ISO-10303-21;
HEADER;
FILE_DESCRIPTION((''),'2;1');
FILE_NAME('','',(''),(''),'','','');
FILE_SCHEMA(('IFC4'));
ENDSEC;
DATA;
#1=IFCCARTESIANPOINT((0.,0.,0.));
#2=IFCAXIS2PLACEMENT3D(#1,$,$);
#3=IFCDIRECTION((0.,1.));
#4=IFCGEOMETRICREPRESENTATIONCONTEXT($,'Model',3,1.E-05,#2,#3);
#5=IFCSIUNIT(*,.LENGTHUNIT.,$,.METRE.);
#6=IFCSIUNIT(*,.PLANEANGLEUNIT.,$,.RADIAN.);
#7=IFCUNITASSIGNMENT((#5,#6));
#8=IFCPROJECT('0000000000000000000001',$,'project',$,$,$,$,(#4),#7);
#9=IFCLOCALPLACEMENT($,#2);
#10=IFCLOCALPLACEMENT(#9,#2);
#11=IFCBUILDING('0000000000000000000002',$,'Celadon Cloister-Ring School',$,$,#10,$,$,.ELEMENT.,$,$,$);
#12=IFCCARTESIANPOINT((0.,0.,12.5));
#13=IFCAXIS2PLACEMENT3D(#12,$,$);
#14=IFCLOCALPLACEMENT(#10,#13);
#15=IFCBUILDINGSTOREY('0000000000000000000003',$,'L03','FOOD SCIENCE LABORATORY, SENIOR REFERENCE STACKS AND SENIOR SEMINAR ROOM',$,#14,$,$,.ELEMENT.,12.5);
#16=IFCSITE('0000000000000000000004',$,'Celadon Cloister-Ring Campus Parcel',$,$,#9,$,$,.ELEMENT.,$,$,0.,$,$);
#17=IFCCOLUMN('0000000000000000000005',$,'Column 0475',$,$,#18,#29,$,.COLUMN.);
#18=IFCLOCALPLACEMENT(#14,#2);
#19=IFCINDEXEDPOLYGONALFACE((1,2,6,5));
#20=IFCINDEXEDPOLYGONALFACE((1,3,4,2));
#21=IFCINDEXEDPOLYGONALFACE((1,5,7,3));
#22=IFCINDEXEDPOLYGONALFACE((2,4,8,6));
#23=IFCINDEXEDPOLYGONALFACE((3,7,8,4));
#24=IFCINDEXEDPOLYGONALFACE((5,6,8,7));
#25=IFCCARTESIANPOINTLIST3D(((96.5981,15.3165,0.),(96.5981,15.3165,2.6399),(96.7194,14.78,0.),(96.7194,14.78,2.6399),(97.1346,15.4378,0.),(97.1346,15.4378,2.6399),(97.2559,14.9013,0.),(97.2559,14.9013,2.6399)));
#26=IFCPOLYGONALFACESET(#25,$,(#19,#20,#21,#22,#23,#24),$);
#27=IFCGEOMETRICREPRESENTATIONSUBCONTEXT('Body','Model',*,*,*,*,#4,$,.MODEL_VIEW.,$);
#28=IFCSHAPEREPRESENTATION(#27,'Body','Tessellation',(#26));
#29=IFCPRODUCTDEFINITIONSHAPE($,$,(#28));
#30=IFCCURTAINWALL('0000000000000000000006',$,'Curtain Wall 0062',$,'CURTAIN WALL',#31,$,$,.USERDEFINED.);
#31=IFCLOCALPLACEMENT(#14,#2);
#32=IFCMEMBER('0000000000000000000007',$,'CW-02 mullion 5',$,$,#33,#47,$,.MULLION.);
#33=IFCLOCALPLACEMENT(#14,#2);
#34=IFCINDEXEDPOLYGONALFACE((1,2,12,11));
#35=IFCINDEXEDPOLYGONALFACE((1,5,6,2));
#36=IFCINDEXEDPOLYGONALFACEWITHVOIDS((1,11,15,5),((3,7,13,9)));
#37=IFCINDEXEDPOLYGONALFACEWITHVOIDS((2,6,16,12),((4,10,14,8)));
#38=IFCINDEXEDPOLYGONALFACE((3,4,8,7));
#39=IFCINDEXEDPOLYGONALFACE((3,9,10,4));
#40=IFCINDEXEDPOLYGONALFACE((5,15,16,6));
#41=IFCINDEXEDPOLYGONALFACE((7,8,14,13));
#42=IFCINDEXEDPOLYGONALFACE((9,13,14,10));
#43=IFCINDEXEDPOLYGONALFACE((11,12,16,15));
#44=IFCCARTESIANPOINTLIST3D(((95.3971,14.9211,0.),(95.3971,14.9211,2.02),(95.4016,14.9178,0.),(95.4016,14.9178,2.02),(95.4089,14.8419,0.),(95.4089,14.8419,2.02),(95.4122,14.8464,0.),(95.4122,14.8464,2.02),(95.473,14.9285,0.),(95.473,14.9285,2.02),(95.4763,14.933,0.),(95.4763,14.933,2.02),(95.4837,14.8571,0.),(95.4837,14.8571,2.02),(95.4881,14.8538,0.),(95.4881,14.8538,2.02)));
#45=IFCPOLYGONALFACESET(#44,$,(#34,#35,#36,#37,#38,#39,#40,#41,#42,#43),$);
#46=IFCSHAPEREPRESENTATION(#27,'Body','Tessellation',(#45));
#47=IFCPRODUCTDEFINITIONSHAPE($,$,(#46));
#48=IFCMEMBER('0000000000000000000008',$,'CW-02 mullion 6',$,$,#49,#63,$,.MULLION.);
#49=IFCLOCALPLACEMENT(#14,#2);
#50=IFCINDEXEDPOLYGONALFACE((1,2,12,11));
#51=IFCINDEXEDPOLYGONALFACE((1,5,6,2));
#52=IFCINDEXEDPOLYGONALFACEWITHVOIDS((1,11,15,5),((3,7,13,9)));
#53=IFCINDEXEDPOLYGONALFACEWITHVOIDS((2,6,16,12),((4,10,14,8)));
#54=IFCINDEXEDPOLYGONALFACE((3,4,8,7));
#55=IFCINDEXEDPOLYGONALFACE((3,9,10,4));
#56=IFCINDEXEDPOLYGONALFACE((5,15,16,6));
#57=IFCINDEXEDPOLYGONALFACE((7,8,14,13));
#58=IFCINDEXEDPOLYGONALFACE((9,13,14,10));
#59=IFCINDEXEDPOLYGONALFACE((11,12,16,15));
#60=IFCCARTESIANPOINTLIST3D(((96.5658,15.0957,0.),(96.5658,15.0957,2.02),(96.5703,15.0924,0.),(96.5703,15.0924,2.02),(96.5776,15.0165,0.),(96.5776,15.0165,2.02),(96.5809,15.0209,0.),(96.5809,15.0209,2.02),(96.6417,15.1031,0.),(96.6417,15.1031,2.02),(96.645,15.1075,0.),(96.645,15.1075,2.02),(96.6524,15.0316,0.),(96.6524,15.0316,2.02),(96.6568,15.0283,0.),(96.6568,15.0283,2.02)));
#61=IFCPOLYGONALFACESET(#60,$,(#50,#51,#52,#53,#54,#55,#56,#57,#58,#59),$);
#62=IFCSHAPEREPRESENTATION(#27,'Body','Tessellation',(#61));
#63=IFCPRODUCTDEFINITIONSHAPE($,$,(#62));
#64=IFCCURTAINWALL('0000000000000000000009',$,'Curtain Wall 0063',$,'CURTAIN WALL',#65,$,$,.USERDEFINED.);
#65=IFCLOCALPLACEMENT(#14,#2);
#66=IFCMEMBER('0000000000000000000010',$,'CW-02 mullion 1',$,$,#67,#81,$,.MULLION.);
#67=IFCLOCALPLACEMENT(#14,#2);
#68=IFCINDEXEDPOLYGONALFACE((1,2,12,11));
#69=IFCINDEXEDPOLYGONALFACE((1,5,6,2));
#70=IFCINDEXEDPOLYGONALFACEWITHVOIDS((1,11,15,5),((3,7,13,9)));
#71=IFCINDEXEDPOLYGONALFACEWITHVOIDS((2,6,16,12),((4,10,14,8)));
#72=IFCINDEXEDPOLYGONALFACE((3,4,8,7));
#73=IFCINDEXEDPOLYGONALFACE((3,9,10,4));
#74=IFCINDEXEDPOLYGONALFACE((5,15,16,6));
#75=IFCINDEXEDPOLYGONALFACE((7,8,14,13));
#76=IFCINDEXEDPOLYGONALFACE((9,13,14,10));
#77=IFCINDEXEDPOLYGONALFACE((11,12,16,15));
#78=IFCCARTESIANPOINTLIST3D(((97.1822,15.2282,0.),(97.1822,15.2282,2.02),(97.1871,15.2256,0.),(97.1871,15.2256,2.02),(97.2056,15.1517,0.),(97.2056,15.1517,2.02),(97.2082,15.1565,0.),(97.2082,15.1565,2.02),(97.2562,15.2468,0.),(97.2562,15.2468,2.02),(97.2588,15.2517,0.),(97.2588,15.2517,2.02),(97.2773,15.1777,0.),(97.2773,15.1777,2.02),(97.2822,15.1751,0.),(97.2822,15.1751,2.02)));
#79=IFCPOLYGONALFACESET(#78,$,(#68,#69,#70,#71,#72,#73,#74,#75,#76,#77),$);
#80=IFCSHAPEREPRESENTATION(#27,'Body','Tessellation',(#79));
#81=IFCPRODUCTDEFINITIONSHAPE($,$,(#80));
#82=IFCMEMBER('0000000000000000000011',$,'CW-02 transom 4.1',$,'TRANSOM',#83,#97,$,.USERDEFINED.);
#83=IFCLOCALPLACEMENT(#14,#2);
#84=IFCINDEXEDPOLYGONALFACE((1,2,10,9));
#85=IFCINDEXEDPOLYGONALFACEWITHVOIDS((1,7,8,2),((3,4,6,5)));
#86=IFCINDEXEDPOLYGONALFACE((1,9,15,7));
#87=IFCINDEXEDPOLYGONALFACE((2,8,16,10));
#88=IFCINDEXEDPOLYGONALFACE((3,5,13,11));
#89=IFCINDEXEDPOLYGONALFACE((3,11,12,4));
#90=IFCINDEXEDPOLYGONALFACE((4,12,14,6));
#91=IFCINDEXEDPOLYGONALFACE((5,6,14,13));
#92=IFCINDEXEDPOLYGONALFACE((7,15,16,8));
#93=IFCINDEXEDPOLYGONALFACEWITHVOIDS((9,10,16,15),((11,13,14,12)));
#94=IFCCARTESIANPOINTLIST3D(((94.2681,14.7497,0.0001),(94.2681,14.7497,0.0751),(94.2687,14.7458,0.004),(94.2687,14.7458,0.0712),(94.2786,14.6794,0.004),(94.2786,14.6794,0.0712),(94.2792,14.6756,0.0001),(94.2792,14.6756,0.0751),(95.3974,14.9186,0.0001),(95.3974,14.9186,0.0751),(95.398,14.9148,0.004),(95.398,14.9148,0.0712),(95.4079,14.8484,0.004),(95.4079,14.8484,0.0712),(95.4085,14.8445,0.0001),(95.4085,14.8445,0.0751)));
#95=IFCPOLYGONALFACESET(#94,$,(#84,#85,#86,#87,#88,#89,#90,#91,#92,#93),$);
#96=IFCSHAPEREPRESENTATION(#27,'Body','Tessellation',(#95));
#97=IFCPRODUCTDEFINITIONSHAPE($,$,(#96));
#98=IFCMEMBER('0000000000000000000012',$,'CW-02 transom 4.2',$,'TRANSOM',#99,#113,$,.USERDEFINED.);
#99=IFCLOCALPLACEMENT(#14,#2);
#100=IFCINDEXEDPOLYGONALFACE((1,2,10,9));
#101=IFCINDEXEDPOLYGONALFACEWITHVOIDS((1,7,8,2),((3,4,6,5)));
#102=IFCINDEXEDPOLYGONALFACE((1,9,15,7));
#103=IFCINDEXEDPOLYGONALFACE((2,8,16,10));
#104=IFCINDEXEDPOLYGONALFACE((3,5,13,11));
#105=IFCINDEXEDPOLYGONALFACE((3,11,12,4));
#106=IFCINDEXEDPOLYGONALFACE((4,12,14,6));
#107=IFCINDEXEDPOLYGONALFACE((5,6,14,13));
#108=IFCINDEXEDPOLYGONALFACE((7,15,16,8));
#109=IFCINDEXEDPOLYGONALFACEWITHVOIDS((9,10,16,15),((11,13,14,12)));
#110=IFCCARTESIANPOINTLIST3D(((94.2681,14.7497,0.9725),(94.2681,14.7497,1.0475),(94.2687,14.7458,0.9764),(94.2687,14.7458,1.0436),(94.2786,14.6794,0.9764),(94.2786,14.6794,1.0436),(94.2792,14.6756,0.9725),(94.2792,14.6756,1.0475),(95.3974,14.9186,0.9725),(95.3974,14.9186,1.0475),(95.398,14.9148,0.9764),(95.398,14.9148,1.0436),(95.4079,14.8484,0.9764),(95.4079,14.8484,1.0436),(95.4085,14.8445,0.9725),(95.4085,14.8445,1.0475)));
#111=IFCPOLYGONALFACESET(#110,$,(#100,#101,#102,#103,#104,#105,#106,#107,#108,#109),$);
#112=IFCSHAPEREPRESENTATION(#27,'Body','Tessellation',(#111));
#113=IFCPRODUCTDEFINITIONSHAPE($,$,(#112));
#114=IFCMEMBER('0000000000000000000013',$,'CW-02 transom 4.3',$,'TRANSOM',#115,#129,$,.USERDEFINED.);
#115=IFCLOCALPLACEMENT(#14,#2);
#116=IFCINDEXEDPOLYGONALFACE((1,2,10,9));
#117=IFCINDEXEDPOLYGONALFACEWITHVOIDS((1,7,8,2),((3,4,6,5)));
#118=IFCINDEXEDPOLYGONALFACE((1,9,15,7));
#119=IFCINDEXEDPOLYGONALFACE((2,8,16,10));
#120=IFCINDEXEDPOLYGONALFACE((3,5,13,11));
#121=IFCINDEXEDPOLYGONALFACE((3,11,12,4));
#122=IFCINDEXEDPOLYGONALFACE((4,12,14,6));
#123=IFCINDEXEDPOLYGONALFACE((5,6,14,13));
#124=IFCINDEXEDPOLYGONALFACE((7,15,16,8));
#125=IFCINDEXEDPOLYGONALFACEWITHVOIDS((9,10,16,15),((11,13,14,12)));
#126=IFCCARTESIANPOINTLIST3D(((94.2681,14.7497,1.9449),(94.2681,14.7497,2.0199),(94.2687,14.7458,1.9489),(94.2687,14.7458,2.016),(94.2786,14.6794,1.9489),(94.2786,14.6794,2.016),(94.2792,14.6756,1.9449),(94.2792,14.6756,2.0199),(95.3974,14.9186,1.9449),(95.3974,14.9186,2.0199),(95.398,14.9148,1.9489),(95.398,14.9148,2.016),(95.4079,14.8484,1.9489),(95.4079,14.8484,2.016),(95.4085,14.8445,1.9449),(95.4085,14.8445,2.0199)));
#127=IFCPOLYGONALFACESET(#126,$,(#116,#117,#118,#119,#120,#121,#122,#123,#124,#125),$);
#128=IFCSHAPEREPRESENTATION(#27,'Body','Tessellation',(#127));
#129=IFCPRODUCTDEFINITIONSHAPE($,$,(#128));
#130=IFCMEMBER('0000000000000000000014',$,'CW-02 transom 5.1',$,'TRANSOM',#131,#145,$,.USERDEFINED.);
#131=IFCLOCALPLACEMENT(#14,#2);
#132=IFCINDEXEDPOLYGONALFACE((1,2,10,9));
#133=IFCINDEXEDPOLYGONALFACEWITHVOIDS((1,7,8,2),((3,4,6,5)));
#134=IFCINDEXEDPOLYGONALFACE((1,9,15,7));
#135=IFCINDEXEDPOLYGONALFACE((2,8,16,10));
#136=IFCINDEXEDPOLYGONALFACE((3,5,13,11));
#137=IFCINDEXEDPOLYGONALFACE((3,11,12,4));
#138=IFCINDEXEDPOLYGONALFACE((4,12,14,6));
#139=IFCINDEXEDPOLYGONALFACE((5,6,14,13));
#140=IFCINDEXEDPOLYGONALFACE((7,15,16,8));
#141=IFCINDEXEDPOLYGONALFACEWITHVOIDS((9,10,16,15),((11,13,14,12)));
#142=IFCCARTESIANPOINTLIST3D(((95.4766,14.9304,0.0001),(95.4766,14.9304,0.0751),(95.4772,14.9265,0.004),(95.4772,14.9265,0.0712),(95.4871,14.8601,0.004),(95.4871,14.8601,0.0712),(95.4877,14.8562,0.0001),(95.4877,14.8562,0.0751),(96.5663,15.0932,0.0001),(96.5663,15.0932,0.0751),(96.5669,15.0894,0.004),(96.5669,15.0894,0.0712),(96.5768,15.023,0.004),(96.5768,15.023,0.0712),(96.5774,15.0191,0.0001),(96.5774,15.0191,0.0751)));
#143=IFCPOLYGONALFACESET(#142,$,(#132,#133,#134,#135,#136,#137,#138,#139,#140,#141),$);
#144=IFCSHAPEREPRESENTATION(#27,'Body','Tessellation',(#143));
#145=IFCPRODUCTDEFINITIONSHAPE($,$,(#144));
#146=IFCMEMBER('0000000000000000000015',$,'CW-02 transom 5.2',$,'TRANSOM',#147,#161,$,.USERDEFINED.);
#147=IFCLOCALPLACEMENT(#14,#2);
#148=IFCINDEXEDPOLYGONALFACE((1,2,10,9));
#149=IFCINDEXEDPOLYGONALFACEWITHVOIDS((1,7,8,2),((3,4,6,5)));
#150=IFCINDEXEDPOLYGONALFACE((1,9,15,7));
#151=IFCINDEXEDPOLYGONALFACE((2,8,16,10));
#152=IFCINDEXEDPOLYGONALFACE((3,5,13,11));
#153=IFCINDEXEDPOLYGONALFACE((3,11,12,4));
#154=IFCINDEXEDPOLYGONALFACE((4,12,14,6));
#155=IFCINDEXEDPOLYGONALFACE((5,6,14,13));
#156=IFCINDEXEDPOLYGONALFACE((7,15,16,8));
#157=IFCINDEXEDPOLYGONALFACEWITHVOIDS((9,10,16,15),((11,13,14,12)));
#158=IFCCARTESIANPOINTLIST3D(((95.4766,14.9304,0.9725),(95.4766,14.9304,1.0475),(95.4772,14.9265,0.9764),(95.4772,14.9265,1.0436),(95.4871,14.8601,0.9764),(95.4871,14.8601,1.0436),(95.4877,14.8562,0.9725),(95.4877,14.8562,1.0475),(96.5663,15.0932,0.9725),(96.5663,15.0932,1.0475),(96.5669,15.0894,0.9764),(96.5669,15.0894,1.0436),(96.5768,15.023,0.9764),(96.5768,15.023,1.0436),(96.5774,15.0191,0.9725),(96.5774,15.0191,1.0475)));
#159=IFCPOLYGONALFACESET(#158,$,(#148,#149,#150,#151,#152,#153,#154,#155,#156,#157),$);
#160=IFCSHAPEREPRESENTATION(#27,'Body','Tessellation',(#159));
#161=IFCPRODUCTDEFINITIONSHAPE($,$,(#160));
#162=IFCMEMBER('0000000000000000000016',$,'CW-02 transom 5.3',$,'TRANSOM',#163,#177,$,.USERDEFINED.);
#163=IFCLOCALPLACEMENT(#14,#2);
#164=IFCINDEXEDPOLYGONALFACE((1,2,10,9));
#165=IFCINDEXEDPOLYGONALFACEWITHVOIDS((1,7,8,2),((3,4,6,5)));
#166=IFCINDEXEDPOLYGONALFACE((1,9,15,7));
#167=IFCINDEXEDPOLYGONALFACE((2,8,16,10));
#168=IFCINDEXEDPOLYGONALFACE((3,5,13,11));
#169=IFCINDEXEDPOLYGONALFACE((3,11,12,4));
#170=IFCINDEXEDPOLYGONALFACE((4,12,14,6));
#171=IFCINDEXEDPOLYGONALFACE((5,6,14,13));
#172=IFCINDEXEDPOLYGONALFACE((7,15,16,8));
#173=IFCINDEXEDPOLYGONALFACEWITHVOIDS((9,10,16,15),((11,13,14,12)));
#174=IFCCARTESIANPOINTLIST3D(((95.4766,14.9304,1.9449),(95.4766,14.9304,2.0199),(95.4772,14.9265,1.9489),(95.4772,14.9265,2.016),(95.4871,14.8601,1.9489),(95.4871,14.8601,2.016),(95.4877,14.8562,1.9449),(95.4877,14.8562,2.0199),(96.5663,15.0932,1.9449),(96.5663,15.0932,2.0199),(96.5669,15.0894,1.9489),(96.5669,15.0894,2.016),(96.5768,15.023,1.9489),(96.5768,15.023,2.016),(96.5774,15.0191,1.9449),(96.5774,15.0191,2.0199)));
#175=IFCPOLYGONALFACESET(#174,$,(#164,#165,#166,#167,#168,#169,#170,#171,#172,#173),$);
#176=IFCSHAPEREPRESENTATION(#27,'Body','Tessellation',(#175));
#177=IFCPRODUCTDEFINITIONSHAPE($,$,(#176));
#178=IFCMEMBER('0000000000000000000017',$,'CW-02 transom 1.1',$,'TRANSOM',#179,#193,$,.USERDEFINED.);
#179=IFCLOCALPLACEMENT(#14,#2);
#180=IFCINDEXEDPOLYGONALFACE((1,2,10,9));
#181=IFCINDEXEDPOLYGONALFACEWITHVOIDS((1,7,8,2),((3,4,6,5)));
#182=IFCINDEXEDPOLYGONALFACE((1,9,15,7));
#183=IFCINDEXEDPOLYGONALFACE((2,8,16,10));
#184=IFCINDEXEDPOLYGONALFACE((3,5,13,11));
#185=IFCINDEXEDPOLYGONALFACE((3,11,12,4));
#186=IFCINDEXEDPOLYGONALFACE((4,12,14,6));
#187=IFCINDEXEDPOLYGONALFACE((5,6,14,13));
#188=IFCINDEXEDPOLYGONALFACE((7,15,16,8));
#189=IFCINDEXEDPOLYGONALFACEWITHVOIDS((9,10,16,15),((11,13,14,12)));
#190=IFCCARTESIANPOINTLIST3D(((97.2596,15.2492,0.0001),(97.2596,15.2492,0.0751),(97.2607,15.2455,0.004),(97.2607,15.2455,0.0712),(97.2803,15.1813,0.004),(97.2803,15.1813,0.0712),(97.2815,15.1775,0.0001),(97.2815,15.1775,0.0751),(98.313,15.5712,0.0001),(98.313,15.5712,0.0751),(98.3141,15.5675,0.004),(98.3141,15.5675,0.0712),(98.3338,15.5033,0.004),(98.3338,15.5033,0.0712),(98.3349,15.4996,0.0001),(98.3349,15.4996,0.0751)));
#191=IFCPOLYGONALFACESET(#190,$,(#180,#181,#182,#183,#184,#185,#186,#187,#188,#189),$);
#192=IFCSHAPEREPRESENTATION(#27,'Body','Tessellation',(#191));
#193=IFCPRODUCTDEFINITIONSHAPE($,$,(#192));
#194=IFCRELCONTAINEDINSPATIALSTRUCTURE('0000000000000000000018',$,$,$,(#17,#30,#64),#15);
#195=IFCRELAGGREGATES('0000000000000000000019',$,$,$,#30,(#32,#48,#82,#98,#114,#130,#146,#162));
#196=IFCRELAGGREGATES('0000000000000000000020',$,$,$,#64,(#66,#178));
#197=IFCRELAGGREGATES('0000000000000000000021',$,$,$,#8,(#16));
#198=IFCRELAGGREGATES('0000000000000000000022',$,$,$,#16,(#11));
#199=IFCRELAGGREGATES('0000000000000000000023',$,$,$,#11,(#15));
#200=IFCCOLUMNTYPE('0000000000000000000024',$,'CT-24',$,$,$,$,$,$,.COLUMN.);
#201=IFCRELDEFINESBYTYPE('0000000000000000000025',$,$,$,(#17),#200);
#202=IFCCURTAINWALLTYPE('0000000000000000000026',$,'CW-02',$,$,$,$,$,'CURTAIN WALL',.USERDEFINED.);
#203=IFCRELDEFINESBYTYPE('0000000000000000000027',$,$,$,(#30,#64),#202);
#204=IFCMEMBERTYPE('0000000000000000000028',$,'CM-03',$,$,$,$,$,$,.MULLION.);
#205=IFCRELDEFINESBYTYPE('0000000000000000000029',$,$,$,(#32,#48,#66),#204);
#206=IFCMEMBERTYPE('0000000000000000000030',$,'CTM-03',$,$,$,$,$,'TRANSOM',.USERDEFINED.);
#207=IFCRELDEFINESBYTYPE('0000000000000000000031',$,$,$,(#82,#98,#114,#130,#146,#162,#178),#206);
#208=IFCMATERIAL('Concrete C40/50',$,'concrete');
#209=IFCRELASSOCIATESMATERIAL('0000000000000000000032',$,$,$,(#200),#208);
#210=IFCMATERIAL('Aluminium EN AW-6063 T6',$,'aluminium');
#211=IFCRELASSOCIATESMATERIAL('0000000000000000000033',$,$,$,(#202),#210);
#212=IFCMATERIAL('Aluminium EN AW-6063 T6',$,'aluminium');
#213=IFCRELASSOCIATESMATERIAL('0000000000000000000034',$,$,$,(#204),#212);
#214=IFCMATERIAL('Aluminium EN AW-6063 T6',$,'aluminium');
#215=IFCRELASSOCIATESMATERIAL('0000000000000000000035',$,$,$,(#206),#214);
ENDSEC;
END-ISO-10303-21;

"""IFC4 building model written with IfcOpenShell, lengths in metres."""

from ifc_helpers import new_model, si_unit, direction, frame, origin, origin_2d, place, context, subcontext, project, spatial, rectangle, hollow_rectangle, extrude, material, material_profile, profile_set, type_object, element, aggregate, save


model = new_model("IFC4")

# Units and contexts
model_context = context("Model", 3, precision=1e-05, world=origin(), true_north=direction((0.0, 1.0)))
body_context = subcontext(model_context, "Body", "Model", "MODEL_VIEW")
ifc_project = project(units=[si_unit("LENGTHUNIT", "METRE"), si_unit("PLANEANGLEUNIT", "RADIAN")], contexts=[model_context])

# Site, building, storey
site_placement = place(None, origin())
site = spatial("IfcSite", under=ifc_project, at=site_placement, Name="Celadon Cloister-Ring Campus Parcel", CompositionType="ELEMENT", RefElevation=0.0)
building_placement = place(site_placement, origin())
building = spatial("IfcBuilding", under=site, at=building_placement, Name="Celadon Cloister-Ring School", CompositionType="ELEMENT")
storey_placement = place(building_placement, frame((0.0, 0.0, 12.5)))
storey = spatial("IfcBuildingStorey", under=building, at=storey_placement, Name="L03", Description="FOOD SCIENCE LABORATORY, SENIOR REFERENCE STACKS AND SENIOR SEMINAR ROOM", CompositionType="ELEMENT", Elevation=12.5)

# Column
ifc_material_1 = material(Name="Concrete C40/50", Category="concrete")
ifc_material_profile_1 = material_profile(ifc_material_1, rectangle(XDim=0.55, YDim=0.55, at=origin_2d()), Name="RC550X550")
ifc_profile_set_1 = profile_set([ifc_material_profile_1], Name="Concrete C40/50")
column_type = type_object("IfcColumnType", Name="CT-24", PredefinedType="COLUMN", material=ifc_profile_set_1)
column_placement = place(storey_placement, frame((96.927, 15.1089, 0.0), z_axis=(0.0, 0.0, 1.0), x_axis=(0.220595, -0.975365, 0.0)))
element("IfcColumn", 1, at=column_placement, inside=storey, type_object=column_type, Name="Column 0475", PredefinedType="COLUMN", context=body_context, shape_type="SweptSolid", body=[
    extrude(rectangle(XDim=0.55, YDim=0.55, at=origin_2d()), origin(), (0.0, 0.0, 1.0), 2.6399),
])

# Curtain wall, members
ifc_material_2 = material(Name="Aluminium EN AW-6063 T6", Category="aluminium")
curtain_wall_type = type_object("IfcCurtainWallType", Name="CW-02", ElementType="CURTAIN WALL", PredefinedType="USERDEFINED", material=ifc_material_2)
curtain_wall_1_placement = place(storey_placement, origin())
curtain_wall_1 = element("IfcCurtainWall", 2, at=curtain_wall_1_placement, inside=storey, type_object=curtain_wall_type, Name="Curtain Wall 0062", ObjectType="CURTAIN WALL", PredefinedType="USERDEFINED")
ifc_material_3 = material(Name="Aluminium EN AW-6063 T6", Category="aluminium")
ifc_material_profile_2 = material_profile(ifc_material_3, hollow_rectangle(XDim=0.0801, YDim=0.0801, WallThickness=0.0039, at=origin_2d()), Name="RHS80X80X4")
ifc_profile_set_2 = profile_set([ifc_material_profile_2], Name="Aluminium EN AW-6063 T6")
member_type_1 = type_object("IfcMemberType", Name="CM-03", PredefinedType="MULLION", material=ifc_profile_set_2)
member_1_placement = place(storey_placement, frame((95.4426, 14.8875, 0.0), z_axis=(0.0, 0.0, 1.0), x_axis=(-0.147812, 0.989015, 0.0)))
member_1 = element("IfcMember", 3, at=member_1_placement, type_object=member_type_1, Name="CW-02 mullion 5", PredefinedType="MULLION", context=body_context, shape_type="SweptSolid", body=[
    extrude(hollow_rectangle(XDim=0.0801, YDim=0.0801, WallThickness=0.0039, at=origin_2d()), origin(), (0.0, 0.0, 1.0), 2.02),
])
member_2_placement = place(storey_placement, frame((96.6113, 15.062, 0.0), z_axis=(0.0, 0.0, 1.0), x_axis=(-0.147812, 0.989015, 0.0)))
member_2 = element("IfcMember", 4, at=member_2_placement, type_object=member_type_1, Name="CW-02 mullion 6", PredefinedType="MULLION", context=body_context, shape_type="SweptSolid", body=[
    extrude(hollow_rectangle(XDim=0.0801, YDim=0.0801, WallThickness=0.0039, at=origin_2d()), origin(), (0.0, 0.0, 1.0), 2.02),
])

# Curtain wall, member
curtain_wall_2_placement = place(storey_placement, origin())
curtain_wall_2 = element("IfcCurtainWall", 5, at=curtain_wall_2_placement, inside=storey, type_object=curtain_wall_type, Name="Curtain Wall 0063", ObjectType="CURTAIN WALL", PredefinedType="USERDEFINED")
member_3_placement = place(storey_placement, frame((97.2322, 15.2017, 0.0), z_axis=(0.0, 0.0, 1.0), x_axis=(-0.292406, 0.956294, 0.0)))
member_3 = element("IfcMember", 6, at=member_3_placement, type_object=member_type_1, Name="CW-02 mullion 1", PredefinedType="MULLION", context=body_context, shape_type="SweptSolid", body=[
    extrude(hollow_rectangle(XDim=0.0801, YDim=0.0801, WallThickness=0.0039, at=origin_2d()), origin(), (0.0, 0.0, 1.0), 2.02),
])

# Members
ifc_material_4 = material(Name="Aluminium EN AW-6063 T6", Category="aluminium")
ifc_material_profile_3 = material_profile(ifc_material_4, hollow_rectangle(XDim=0.075, YDim=0.075, WallThickness=0.0039, at=origin_2d()), Name="RHS75X75X4")
ifc_profile_set_3 = profile_set([ifc_material_profile_3], Name="Aluminium EN AW-6063 T6")
member_type_2 = type_object("IfcMemberType", Name="CTM-03", ElementType="TRANSOM", PredefinedType="USERDEFINED", material=ifc_profile_set_3)
member_4_placement = place(storey_placement, frame((94.2737, 14.7126, 0.0376), z_axis=(0.988996, 0.147943, 0.0), x_axis=(-0.147943, 0.988996, 0.0)))
member_4 = element("IfcMember", 7, at=member_4_placement, type_object=member_type_2, Name="CW-02 transom 4.1", ObjectType="TRANSOM", PredefinedType="USERDEFINED", context=body_context, shape_type="SweptSolid", body=[
    extrude(hollow_rectangle(XDim=0.075, YDim=0.075, WallThickness=0.0039, at=origin_2d()), origin(), (0.0, 0.0, 1.0), 1.1418),
])
member_5_placement = place(storey_placement, frame((94.2737, 14.7126, 1.01), z_axis=(0.988996, 0.147943, 0.0), x_axis=(-0.147943, 0.988996, 0.0)))
member_5 = element("IfcMember", 8, at=member_5_placement, type_object=member_type_2, Name="CW-02 transom 4.2", ObjectType="TRANSOM", PredefinedType="USERDEFINED", context=body_context, shape_type="SweptSolid", body=[
    extrude(hollow_rectangle(XDim=0.075, YDim=0.075, WallThickness=0.0039, at=origin_2d()), origin(), (0.0, 0.0, 1.0), 1.1418),
])
member_6_placement = place(storey_placement, frame((94.2737, 14.7126, 1.9824), z_axis=(0.988996, 0.147943, 0.0), x_axis=(-0.147943, 0.988996, 0.0)))
member_6 = element("IfcMember", 9, at=member_6_placement, type_object=member_type_2, Name="CW-02 transom 4.3", ObjectType="TRANSOM", PredefinedType="USERDEFINED", context=body_context, shape_type="SweptSolid", body=[
    extrude(hollow_rectangle(XDim=0.075, YDim=0.075, WallThickness=0.0039, at=origin_2d()), origin(), (0.0, 0.0, 1.0), 1.1418),
])
member_7_placement = place(storey_placement, frame((95.4822, 14.8933, 0.0376), z_axis=(0.989016, 0.147809, 0.0), x_axis=(-0.147809, 0.989016, 0.0)))
member_7 = element("IfcMember", 10, at=member_7_placement, type_object=member_type_2, Name="CW-02 transom 5.1", ObjectType="TRANSOM", PredefinedType="USERDEFINED", context=body_context, shape_type="SweptSolid", body=[
    extrude(hollow_rectangle(XDim=0.075, YDim=0.075, WallThickness=0.0039, at=origin_2d()), origin(), (0.0, 0.0, 1.0), 1.1018),
])
member_8_placement = place(storey_placement, frame((95.4822, 14.8933, 1.01), z_axis=(0.989016, 0.147809, 0.0), x_axis=(-0.147809, 0.989016, 0.0)))
member_8 = element("IfcMember", 11, at=member_8_placement, type_object=member_type_2, Name="CW-02 transom 5.2", ObjectType="TRANSOM", PredefinedType="USERDEFINED", context=body_context, shape_type="SweptSolid", body=[
    extrude(hollow_rectangle(XDim=0.075, YDim=0.075, WallThickness=0.0039, at=origin_2d()), origin(), (0.0, 0.0, 1.0), 1.1018),
])
member_9_placement = place(storey_placement, frame((95.4822, 14.8933, 1.9824), z_axis=(0.989016, 0.147809, 0.0), x_axis=(-0.147809, 0.989016, 0.0)))
member_9 = element("IfcMember", 12, at=member_9_placement, type_object=member_type_2, Name="CW-02 transom 5.3", ObjectType="TRANSOM", PredefinedType="USERDEFINED", context=body_context, shape_type="SweptSolid", body=[
    extrude(hollow_rectangle(XDim=0.075, YDim=0.075, WallThickness=0.0039, at=origin_2d()), origin(), (0.0, 0.0, 1.0), 1.1018),
])
member_10_placement = place(storey_placement, frame((97.2705, 15.2134, 0.0376), z_axis=(0.956319, 0.292326, 0.0), x_axis=(-0.292326, 0.956319, 0.0)))
member_10 = element("IfcMember", 13, at=member_10_placement, type_object=member_type_2, Name="CW-02 transom 1.1", ObjectType="TRANSOM", PredefinedType="USERDEFINED", context=body_context, shape_type="SweptSolid", body=[
    extrude(hollow_rectangle(XDim=0.075, YDim=0.075, WallThickness=0.0039, at=origin_2d()), origin(), (0.0, 0.0, 1.0), 1.1016),
])

aggregate(curtain_wall_1, [member_1, member_2, member_4, member_5, member_6, member_7, member_8, member_9])
aggregate(curtain_wall_2, [member_3, member_10])

save(model, "model.ifc")
